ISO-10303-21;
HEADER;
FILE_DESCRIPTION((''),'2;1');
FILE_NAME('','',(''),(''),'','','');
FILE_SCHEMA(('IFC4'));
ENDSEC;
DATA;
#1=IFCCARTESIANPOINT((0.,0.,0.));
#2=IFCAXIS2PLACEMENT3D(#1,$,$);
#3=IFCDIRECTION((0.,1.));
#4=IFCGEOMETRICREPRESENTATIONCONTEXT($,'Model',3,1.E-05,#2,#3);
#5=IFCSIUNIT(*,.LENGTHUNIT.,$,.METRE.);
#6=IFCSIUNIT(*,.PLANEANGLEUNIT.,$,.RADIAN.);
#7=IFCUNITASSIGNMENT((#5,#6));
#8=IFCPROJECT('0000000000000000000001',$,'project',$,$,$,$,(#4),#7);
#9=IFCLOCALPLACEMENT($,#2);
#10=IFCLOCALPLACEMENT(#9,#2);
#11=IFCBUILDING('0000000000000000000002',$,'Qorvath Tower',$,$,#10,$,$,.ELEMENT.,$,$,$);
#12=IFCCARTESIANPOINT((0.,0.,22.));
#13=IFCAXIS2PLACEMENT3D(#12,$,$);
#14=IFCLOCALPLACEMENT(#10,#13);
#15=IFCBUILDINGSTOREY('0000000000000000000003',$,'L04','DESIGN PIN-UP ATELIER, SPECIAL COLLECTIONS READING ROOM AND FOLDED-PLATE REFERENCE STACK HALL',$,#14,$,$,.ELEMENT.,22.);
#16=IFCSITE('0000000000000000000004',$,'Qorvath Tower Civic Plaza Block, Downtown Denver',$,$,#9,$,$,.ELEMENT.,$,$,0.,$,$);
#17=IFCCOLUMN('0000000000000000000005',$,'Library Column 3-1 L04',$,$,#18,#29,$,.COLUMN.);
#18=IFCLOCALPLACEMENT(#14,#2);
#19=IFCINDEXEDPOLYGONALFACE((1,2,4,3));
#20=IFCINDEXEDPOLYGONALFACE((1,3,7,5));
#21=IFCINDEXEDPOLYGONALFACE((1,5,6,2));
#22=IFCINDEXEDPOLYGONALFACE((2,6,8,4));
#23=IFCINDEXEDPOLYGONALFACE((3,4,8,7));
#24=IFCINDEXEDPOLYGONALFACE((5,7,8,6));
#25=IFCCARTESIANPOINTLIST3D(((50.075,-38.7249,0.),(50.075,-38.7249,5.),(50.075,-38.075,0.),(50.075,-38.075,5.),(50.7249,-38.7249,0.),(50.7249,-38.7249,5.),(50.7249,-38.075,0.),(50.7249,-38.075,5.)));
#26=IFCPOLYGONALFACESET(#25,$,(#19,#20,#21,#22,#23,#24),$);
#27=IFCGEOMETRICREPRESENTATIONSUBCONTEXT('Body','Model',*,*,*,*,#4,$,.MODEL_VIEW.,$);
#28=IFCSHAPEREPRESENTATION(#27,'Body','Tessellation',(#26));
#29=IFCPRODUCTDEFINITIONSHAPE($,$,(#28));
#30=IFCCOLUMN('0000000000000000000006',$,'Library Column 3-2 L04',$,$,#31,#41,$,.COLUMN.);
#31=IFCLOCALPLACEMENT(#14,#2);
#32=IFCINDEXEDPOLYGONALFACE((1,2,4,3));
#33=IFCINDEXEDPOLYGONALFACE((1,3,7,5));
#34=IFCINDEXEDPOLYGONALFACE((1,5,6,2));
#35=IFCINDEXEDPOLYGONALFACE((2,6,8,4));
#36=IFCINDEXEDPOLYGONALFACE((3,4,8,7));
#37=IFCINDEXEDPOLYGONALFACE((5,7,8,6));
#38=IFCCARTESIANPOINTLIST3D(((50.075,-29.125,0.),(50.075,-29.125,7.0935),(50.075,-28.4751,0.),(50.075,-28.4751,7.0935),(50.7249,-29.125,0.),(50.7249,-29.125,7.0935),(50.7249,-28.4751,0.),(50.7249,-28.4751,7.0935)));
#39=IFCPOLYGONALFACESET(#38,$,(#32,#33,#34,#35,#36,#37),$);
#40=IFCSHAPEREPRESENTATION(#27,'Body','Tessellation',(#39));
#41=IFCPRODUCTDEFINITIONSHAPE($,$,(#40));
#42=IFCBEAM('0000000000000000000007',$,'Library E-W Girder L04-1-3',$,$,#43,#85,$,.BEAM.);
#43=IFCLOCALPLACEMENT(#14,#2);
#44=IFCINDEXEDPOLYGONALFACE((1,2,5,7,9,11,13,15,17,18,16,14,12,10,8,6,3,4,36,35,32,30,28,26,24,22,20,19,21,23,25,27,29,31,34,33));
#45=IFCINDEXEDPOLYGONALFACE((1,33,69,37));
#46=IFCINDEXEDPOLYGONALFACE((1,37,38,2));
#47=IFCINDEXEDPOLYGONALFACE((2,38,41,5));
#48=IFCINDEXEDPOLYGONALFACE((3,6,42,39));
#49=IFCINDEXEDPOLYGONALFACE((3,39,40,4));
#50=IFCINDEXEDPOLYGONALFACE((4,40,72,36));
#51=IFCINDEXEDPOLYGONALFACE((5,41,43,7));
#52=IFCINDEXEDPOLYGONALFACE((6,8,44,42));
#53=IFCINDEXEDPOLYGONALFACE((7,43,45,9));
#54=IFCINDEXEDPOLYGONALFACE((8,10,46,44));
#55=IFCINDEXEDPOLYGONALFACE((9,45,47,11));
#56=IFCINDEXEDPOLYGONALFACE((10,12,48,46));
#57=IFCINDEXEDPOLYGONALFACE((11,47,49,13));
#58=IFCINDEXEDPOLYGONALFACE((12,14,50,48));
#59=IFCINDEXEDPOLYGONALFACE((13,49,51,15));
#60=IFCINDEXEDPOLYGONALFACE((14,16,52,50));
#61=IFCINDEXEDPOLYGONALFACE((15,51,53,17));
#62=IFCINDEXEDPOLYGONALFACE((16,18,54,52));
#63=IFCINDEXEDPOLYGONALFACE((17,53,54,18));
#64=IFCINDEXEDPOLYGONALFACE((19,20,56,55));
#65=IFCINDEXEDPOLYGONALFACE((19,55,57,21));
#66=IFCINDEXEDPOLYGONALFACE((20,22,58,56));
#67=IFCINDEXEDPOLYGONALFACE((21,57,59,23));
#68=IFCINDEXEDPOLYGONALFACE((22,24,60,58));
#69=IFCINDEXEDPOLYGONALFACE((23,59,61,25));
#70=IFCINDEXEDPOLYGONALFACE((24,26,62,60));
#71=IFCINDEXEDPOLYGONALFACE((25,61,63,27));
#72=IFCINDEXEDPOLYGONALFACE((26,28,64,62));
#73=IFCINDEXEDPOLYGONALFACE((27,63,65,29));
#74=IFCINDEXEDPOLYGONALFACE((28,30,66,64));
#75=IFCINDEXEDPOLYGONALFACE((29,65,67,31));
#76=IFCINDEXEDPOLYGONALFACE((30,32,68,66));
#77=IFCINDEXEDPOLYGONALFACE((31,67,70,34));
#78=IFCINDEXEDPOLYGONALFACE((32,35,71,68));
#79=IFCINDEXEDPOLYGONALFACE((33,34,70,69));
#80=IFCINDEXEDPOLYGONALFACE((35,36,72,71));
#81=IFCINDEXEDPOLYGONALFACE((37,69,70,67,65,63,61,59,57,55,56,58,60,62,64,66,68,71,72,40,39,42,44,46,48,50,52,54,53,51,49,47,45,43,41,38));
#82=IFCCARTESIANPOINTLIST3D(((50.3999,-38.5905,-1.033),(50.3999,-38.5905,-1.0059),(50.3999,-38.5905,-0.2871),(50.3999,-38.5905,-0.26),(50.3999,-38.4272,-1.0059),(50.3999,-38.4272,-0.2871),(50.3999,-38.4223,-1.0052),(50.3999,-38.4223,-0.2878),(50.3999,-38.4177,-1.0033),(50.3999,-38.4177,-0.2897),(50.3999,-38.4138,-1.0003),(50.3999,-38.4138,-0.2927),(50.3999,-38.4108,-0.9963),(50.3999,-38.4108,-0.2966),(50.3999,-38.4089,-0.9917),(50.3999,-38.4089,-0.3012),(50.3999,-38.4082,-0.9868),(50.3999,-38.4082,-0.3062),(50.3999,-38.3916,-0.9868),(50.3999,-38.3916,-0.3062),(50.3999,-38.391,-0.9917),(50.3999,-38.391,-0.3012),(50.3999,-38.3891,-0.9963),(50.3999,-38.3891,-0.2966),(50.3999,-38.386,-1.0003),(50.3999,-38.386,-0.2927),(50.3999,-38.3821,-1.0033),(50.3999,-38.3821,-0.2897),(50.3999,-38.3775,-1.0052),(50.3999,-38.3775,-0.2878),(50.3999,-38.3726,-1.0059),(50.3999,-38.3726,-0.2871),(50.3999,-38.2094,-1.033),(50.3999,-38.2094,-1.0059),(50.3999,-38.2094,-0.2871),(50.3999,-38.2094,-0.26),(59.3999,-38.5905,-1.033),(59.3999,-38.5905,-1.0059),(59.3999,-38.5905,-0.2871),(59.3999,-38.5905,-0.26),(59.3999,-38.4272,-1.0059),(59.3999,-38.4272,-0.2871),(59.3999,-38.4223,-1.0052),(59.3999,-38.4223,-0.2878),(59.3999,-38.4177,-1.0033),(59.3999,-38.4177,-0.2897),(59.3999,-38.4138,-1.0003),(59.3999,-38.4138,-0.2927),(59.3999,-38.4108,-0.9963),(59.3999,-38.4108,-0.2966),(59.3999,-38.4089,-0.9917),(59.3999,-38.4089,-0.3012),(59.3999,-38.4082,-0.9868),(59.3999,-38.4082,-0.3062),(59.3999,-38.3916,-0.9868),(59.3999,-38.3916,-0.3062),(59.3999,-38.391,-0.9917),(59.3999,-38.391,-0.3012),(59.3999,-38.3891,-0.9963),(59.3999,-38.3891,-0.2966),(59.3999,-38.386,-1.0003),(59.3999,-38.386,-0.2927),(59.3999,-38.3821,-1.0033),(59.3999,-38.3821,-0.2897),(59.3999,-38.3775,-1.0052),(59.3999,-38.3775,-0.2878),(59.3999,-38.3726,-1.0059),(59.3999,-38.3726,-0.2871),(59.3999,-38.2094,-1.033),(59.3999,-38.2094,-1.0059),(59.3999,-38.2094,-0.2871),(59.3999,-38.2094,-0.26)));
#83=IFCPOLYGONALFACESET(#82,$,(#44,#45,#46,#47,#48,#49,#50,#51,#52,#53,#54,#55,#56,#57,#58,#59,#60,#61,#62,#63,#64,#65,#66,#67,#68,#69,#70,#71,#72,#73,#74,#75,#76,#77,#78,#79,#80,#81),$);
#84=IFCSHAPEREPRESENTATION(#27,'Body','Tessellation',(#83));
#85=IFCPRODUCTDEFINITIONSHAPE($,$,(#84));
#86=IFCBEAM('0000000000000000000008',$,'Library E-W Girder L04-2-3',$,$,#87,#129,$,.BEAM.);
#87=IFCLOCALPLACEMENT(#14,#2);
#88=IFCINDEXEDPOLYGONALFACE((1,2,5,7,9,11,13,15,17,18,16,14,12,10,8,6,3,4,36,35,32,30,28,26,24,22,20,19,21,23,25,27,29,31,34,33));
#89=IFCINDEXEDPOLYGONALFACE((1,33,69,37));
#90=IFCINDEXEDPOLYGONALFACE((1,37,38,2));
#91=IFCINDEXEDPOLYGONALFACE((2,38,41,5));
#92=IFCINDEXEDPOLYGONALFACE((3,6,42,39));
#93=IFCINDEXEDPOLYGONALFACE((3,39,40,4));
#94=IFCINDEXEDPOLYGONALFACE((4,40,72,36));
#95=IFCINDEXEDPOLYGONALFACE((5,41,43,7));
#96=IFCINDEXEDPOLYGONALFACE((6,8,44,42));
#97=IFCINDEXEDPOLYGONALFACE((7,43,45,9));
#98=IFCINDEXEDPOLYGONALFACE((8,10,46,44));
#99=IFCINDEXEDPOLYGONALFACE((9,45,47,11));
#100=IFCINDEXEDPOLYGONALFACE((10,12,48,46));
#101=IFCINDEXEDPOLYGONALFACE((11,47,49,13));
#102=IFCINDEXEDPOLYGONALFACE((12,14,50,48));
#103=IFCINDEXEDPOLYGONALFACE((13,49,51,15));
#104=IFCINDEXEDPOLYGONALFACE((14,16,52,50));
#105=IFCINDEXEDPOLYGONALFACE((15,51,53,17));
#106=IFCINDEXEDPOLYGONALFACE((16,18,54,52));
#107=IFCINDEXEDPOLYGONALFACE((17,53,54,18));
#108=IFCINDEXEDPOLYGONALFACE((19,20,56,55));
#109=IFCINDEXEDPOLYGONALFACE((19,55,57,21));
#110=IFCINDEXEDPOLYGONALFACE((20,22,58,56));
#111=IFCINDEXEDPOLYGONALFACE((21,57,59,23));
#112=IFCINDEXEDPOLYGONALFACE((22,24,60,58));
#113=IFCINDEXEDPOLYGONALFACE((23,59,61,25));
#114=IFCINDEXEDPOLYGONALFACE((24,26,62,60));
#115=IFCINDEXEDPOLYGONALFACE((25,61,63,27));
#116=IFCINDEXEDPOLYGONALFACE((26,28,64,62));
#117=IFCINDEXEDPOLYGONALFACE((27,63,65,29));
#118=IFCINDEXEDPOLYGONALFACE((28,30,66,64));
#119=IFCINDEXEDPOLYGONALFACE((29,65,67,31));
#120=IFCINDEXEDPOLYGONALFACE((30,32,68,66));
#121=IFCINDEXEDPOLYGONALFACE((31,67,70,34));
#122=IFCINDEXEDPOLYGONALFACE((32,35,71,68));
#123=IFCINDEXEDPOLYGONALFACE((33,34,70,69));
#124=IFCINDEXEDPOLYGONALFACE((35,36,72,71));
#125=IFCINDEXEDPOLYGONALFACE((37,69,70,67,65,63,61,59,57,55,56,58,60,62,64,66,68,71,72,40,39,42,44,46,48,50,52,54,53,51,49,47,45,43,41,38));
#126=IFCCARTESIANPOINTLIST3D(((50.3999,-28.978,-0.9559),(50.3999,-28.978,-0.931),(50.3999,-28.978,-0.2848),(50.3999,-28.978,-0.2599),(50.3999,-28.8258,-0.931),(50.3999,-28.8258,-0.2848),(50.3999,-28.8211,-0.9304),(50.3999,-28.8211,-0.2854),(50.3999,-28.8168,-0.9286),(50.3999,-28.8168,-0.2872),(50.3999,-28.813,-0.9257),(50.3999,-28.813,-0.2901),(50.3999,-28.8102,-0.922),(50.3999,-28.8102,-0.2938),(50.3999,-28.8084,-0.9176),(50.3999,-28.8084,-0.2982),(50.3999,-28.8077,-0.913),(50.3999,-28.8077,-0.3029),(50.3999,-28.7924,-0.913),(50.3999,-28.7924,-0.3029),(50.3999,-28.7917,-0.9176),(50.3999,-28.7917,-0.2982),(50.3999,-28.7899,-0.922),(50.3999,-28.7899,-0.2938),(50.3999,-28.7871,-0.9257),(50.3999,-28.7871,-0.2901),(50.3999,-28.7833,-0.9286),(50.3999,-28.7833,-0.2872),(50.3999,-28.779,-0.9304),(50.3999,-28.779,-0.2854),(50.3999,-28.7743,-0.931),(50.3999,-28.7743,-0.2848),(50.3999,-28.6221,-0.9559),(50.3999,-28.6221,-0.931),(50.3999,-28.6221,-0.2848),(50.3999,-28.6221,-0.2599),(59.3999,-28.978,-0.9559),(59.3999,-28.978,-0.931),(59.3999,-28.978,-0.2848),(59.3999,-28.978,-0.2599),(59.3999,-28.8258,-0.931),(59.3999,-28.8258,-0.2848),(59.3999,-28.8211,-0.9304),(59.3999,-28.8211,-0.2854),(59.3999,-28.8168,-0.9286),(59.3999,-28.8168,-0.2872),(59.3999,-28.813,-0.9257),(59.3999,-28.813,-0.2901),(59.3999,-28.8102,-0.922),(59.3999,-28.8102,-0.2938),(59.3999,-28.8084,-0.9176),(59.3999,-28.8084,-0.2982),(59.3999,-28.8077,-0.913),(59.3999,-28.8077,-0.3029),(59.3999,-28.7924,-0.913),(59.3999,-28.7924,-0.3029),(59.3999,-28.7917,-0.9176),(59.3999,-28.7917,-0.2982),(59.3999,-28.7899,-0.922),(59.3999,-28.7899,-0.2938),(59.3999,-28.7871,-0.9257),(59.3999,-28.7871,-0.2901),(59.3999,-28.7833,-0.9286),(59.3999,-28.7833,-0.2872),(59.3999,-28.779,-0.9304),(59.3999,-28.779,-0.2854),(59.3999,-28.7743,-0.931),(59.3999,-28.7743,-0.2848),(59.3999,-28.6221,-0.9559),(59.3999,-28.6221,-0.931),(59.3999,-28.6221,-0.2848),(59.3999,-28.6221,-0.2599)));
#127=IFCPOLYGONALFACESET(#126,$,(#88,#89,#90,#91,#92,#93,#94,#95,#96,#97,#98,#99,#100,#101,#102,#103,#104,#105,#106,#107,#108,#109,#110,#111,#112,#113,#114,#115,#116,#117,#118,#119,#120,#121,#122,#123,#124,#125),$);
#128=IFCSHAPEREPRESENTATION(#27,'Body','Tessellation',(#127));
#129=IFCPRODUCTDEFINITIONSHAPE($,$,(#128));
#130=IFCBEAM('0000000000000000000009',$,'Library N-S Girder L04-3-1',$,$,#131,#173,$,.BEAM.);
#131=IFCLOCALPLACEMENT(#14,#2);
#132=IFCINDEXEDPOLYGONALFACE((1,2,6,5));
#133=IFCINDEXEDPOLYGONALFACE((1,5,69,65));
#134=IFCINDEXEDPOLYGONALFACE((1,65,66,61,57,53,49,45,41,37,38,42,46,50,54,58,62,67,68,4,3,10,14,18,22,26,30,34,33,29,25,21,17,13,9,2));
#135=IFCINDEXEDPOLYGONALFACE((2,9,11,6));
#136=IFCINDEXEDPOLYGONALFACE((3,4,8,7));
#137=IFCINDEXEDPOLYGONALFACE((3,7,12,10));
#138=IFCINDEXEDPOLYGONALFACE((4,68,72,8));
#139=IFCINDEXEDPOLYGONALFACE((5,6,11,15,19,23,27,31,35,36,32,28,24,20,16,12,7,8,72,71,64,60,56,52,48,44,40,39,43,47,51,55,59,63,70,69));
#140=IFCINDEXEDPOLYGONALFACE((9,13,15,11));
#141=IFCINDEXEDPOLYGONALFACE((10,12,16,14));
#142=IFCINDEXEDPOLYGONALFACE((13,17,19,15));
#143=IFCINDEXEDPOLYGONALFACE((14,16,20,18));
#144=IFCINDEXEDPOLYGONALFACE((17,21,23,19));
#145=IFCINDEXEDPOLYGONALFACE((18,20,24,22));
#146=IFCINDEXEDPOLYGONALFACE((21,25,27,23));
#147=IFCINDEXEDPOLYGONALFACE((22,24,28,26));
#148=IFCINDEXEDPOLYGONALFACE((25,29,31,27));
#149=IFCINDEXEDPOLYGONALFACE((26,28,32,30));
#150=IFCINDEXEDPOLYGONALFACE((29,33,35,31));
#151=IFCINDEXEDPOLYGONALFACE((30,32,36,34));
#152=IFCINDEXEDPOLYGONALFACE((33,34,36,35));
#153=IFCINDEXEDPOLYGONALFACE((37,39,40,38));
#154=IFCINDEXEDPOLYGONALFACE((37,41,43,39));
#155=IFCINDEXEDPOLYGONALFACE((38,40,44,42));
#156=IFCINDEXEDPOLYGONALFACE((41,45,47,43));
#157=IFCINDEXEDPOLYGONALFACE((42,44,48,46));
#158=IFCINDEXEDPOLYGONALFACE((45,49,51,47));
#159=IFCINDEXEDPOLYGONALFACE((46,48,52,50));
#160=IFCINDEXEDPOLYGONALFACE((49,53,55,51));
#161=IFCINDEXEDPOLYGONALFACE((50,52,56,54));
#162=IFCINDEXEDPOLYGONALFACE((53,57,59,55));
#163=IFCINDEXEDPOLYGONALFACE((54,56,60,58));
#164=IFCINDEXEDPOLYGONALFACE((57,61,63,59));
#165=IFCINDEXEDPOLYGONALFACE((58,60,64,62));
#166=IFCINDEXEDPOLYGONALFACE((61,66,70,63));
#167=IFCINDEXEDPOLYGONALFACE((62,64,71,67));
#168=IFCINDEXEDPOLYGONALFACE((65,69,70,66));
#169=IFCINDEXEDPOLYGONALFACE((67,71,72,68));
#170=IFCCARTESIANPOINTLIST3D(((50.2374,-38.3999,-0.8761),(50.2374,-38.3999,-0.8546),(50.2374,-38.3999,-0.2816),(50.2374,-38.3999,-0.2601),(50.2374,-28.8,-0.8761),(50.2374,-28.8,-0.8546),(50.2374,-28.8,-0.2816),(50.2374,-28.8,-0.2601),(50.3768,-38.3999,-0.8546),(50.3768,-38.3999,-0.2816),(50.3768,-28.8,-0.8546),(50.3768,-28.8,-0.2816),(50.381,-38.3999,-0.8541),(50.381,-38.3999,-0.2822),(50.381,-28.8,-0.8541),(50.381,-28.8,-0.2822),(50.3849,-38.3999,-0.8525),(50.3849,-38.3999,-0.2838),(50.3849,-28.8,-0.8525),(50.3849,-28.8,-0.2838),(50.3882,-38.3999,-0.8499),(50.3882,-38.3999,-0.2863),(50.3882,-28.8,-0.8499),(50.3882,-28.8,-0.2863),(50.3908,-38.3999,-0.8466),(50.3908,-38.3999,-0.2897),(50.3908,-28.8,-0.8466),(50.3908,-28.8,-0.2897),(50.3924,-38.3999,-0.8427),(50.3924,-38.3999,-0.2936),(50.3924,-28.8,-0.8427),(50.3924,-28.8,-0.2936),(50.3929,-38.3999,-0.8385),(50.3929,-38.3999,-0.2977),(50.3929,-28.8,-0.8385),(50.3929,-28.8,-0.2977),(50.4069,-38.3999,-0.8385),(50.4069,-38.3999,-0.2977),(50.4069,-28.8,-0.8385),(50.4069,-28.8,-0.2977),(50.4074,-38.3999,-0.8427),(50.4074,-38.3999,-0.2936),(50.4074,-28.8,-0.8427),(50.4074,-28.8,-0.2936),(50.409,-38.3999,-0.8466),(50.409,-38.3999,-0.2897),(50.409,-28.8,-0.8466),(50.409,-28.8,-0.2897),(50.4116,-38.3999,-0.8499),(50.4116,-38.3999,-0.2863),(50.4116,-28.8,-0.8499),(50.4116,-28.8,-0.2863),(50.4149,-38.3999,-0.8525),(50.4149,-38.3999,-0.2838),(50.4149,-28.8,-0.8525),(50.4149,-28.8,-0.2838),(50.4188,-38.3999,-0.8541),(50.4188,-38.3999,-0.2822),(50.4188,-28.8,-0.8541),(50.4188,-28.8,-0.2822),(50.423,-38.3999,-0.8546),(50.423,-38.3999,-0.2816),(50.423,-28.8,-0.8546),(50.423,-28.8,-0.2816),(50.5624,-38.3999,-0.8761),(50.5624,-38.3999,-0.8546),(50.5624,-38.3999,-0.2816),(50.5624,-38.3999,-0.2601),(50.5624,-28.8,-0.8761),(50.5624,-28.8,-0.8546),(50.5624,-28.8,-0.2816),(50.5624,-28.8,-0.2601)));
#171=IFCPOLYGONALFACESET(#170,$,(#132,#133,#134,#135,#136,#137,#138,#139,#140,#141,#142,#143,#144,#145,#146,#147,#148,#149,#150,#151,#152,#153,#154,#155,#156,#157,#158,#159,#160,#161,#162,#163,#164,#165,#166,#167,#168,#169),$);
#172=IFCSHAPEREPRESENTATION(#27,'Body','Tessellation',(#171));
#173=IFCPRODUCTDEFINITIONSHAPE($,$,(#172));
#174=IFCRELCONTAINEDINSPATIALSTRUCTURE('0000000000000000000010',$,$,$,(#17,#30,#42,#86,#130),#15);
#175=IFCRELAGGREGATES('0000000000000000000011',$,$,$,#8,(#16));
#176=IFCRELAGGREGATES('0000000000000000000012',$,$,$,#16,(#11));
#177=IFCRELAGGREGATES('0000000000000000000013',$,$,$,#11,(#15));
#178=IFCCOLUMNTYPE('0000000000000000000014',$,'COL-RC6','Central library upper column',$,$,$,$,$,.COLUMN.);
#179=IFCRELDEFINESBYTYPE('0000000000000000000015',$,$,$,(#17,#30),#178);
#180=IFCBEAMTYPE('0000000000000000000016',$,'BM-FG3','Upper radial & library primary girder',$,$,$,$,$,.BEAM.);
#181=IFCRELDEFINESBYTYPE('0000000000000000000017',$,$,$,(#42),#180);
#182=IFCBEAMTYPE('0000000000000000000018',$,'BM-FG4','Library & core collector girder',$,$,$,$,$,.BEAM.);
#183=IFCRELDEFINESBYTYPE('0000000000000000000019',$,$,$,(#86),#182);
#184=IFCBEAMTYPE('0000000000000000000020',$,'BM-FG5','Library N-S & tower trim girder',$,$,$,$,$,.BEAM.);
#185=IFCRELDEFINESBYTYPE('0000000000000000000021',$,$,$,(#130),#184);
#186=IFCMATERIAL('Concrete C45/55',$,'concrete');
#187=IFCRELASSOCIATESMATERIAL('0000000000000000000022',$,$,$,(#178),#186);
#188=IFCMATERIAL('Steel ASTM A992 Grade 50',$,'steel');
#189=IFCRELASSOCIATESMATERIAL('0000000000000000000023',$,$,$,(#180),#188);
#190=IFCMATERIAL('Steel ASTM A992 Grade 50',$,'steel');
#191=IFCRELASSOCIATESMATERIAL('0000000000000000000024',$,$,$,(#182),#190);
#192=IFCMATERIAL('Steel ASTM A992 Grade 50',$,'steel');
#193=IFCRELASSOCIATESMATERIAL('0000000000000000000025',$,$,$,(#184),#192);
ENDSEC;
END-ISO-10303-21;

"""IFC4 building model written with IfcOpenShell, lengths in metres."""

from ifc_helpers import new_model, si_unit, direction, frame, origin, origin_2d, place, context, subcontext, project, spatial, rectangle, i_section, extrude, material, material_profile, profile_set, type_object, element, save


model = new_model("IFC4")

# Units and contexts
model_context = context("Model", 3, precision=1e-05, world=origin(), true_north=direction((0.0, 1.0)))
body_context = subcontext(model_context, "Body", "Model", "MODEL_VIEW")
ifc_project = project(units=[si_unit("LENGTHUNIT", "METRE"), si_unit("PLANEANGLEUNIT", "RADIAN")], contexts=[model_context])

# Site, building, storey
site_placement = place(None, origin())
site = spatial("IfcSite", under=ifc_project, at=site_placement, Name="Qorvath Tower Civic Plaza Block, Downtown Denver", CompositionType="ELEMENT", RefElevation=0.0)
building_placement = place(site_placement, origin())
building = spatial("IfcBuilding", under=site, at=building_placement, Name="Qorvath Tower", CompositionType="ELEMENT")
storey_placement = place(building_placement, frame((0.0, 0.0, 22.0)))
storey = spatial("IfcBuildingStorey", under=building, at=storey_placement, Name="L04", Description="DESIGN PIN-UP ATELIER, SPECIAL COLLECTIONS READING ROOM AND FOLDED-PLATE REFERENCE STACK HALL", CompositionType="ELEMENT", Elevation=22.0)

# Columns
ifc_material_1 = material(Name="Concrete C45/55", Category="concrete")
ifc_material_profile_1 = material_profile(ifc_material_1, rectangle(XDim=0.6499, YDim=0.6499, at=origin_2d()), Name="RC 650x650")
ifc_profile_set_1 = profile_set([ifc_material_profile_1], Name="Concrete C45/55")
column_type = type_object("IfcColumnType", Name="COL-RC6", Description="Central library upper column", PredefinedType="COLUMN", material=ifc_profile_set_1)
column_1_placement = place(storey_placement, frame((50.3999, -38.3999, 0.0), z_axis=(0.0, 0.0, 1.0), x_axis=(1.0, 0.0, 0.0)))
element("IfcColumn", 1, at=column_1_placement, inside=storey, type_object=column_type, Name="Library Column 3-1 L04", PredefinedType="COLUMN", context=body_context, shape_type="SweptSolid", body=[
    extrude(rectangle(XDim=0.6499, YDim=0.6499, at=origin_2d()), origin(), (0.0, 0.0, 1.0), 5.0),
])
column_2_placement = place(storey_placement, frame((50.3999, -28.8, 0.0), z_axis=(0.0, 0.0, 1.0), x_axis=(1.0, 0.0, 0.0)))
element("IfcColumn", 2, at=column_2_placement, inside=storey, type_object=column_type, Name="Library Column 3-2 L04", PredefinedType="COLUMN", context=body_context, shape_type="SweptSolid", body=[
    extrude(rectangle(XDim=0.6499, YDim=0.6499, at=origin_2d()), origin(), (0.0, 0.0, 1.0), 7.0935),
])

# Beams
ifc_material_2 = material(Name="Steel ASTM A992 Grade 50", Category="steel")
ifc_material_profile_2 = material_profile(ifc_material_2, i_section(OverallWidth=0.3811, OverallDepth=0.7729, WebThickness=0.0166, FlangeThickness=0.0271, FilletRadius=0.019, at=origin_2d()), Name="W30x173")
ifc_profile_set_2 = profile_set([ifc_material_profile_2], Name="Steel ASTM A992 Grade 50")
beam_type_1 = type_object("IfcBeamType", Name="BM-FG3", Description="Upper radial & library primary girder", PredefinedType="BEAM", material=ifc_profile_set_2)
beam_1_placement = place(storey_placement, frame((50.3999, -38.3999, -0.6465), z_axis=(1.0, 0.0, 0.0), x_axis=(0.0, 1.0, 0.0)))
element("IfcBeam", 3, at=beam_1_placement, inside=storey, type_object=beam_type_1, Name="Library E-W Girder L04-1-3", PredefinedType="BEAM", context=body_context, shape_type="SweptSolid", body=[
    extrude(i_section(OverallWidth=0.3811, OverallDepth=0.7729, WebThickness=0.0166, FlangeThickness=0.0271, FilletRadius=0.019, at=origin_2d()), origin(), (0.0, 0.0, 1.0), 9.0),
])
ifc_material_3 = material(Name="Steel ASTM A992 Grade 50", Category="steel")
ifc_material_profile_3 = material_profile(ifc_material_3, i_section(OverallWidth=0.356, OverallDepth=0.696, WebThickness=0.0154, FlangeThickness=0.0249, FilletRadius=0.0181, at=origin_2d()), Name="W27x146")
ifc_profile_set_3 = profile_set([ifc_material_profile_3], Name="Steel ASTM A992 Grade 50")
beam_type_2 = type_object("IfcBeamType", Name="BM-FG4", Description="Library & core collector girder", PredefinedType="BEAM", material=ifc_profile_set_3)
beam_2_placement = place(storey_placement, frame((50.3999, -28.8, -0.6079), z_axis=(1.0, 0.0, 0.0), x_axis=(0.0, 1.0, 0.0)))
element("IfcBeam", 4, at=beam_2_placement, inside=storey, type_object=beam_type_2, Name="Library E-W Girder L04-2-3", PredefinedType="BEAM", context=body_context, shape_type="SweptSolid", body=[
    extrude(i_section(OverallWidth=0.356, OverallDepth=0.696, WebThickness=0.0154, FlangeThickness=0.0249, FilletRadius=0.0181, at=origin_2d()), origin(), (0.0, 0.0, 1.0), 9.0),
])
ifc_material_4 = material(Name="Steel ASTM A992 Grade 50", Category="steel")
ifc_material_profile_4 = material_profile(ifc_material_4, i_section(OverallWidth=0.325, OverallDepth=0.616, WebThickness=0.0139, FlangeThickness=0.0215, FilletRadius=0.0161, at=origin_2d()), Name="W24x117")
ifc_profile_set_4 = profile_set([ifc_material_profile_4], Name="Steel ASTM A992 Grade 50")
beam_type_3 = type_object("IfcBeamType", Name="BM-FG5", Description="Library N-S & tower trim girder", PredefinedType="BEAM", material=ifc_profile_set_4)
beam_3_placement = place(storey_placement, frame((50.3999, -38.3999, -0.5681), z_axis=(0.0, 1.0, 0.0), x_axis=(-1.0, 0.0, 0.0)))
element("IfcBeam", 5, at=beam_3_placement, inside=storey, type_object=beam_type_3, Name="Library N-S Girder L04-3-1", PredefinedType="BEAM", context=body_context, shape_type="SweptSolid", body=[
    extrude(i_section(OverallWidth=0.325, OverallDepth=0.616, WebThickness=0.0139, FlangeThickness=0.0215, FilletRadius=0.0161, at=origin_2d()), origin(), (0.0, 0.0, 1.0), 9.5999),
])

save(model, "model.ifc")
